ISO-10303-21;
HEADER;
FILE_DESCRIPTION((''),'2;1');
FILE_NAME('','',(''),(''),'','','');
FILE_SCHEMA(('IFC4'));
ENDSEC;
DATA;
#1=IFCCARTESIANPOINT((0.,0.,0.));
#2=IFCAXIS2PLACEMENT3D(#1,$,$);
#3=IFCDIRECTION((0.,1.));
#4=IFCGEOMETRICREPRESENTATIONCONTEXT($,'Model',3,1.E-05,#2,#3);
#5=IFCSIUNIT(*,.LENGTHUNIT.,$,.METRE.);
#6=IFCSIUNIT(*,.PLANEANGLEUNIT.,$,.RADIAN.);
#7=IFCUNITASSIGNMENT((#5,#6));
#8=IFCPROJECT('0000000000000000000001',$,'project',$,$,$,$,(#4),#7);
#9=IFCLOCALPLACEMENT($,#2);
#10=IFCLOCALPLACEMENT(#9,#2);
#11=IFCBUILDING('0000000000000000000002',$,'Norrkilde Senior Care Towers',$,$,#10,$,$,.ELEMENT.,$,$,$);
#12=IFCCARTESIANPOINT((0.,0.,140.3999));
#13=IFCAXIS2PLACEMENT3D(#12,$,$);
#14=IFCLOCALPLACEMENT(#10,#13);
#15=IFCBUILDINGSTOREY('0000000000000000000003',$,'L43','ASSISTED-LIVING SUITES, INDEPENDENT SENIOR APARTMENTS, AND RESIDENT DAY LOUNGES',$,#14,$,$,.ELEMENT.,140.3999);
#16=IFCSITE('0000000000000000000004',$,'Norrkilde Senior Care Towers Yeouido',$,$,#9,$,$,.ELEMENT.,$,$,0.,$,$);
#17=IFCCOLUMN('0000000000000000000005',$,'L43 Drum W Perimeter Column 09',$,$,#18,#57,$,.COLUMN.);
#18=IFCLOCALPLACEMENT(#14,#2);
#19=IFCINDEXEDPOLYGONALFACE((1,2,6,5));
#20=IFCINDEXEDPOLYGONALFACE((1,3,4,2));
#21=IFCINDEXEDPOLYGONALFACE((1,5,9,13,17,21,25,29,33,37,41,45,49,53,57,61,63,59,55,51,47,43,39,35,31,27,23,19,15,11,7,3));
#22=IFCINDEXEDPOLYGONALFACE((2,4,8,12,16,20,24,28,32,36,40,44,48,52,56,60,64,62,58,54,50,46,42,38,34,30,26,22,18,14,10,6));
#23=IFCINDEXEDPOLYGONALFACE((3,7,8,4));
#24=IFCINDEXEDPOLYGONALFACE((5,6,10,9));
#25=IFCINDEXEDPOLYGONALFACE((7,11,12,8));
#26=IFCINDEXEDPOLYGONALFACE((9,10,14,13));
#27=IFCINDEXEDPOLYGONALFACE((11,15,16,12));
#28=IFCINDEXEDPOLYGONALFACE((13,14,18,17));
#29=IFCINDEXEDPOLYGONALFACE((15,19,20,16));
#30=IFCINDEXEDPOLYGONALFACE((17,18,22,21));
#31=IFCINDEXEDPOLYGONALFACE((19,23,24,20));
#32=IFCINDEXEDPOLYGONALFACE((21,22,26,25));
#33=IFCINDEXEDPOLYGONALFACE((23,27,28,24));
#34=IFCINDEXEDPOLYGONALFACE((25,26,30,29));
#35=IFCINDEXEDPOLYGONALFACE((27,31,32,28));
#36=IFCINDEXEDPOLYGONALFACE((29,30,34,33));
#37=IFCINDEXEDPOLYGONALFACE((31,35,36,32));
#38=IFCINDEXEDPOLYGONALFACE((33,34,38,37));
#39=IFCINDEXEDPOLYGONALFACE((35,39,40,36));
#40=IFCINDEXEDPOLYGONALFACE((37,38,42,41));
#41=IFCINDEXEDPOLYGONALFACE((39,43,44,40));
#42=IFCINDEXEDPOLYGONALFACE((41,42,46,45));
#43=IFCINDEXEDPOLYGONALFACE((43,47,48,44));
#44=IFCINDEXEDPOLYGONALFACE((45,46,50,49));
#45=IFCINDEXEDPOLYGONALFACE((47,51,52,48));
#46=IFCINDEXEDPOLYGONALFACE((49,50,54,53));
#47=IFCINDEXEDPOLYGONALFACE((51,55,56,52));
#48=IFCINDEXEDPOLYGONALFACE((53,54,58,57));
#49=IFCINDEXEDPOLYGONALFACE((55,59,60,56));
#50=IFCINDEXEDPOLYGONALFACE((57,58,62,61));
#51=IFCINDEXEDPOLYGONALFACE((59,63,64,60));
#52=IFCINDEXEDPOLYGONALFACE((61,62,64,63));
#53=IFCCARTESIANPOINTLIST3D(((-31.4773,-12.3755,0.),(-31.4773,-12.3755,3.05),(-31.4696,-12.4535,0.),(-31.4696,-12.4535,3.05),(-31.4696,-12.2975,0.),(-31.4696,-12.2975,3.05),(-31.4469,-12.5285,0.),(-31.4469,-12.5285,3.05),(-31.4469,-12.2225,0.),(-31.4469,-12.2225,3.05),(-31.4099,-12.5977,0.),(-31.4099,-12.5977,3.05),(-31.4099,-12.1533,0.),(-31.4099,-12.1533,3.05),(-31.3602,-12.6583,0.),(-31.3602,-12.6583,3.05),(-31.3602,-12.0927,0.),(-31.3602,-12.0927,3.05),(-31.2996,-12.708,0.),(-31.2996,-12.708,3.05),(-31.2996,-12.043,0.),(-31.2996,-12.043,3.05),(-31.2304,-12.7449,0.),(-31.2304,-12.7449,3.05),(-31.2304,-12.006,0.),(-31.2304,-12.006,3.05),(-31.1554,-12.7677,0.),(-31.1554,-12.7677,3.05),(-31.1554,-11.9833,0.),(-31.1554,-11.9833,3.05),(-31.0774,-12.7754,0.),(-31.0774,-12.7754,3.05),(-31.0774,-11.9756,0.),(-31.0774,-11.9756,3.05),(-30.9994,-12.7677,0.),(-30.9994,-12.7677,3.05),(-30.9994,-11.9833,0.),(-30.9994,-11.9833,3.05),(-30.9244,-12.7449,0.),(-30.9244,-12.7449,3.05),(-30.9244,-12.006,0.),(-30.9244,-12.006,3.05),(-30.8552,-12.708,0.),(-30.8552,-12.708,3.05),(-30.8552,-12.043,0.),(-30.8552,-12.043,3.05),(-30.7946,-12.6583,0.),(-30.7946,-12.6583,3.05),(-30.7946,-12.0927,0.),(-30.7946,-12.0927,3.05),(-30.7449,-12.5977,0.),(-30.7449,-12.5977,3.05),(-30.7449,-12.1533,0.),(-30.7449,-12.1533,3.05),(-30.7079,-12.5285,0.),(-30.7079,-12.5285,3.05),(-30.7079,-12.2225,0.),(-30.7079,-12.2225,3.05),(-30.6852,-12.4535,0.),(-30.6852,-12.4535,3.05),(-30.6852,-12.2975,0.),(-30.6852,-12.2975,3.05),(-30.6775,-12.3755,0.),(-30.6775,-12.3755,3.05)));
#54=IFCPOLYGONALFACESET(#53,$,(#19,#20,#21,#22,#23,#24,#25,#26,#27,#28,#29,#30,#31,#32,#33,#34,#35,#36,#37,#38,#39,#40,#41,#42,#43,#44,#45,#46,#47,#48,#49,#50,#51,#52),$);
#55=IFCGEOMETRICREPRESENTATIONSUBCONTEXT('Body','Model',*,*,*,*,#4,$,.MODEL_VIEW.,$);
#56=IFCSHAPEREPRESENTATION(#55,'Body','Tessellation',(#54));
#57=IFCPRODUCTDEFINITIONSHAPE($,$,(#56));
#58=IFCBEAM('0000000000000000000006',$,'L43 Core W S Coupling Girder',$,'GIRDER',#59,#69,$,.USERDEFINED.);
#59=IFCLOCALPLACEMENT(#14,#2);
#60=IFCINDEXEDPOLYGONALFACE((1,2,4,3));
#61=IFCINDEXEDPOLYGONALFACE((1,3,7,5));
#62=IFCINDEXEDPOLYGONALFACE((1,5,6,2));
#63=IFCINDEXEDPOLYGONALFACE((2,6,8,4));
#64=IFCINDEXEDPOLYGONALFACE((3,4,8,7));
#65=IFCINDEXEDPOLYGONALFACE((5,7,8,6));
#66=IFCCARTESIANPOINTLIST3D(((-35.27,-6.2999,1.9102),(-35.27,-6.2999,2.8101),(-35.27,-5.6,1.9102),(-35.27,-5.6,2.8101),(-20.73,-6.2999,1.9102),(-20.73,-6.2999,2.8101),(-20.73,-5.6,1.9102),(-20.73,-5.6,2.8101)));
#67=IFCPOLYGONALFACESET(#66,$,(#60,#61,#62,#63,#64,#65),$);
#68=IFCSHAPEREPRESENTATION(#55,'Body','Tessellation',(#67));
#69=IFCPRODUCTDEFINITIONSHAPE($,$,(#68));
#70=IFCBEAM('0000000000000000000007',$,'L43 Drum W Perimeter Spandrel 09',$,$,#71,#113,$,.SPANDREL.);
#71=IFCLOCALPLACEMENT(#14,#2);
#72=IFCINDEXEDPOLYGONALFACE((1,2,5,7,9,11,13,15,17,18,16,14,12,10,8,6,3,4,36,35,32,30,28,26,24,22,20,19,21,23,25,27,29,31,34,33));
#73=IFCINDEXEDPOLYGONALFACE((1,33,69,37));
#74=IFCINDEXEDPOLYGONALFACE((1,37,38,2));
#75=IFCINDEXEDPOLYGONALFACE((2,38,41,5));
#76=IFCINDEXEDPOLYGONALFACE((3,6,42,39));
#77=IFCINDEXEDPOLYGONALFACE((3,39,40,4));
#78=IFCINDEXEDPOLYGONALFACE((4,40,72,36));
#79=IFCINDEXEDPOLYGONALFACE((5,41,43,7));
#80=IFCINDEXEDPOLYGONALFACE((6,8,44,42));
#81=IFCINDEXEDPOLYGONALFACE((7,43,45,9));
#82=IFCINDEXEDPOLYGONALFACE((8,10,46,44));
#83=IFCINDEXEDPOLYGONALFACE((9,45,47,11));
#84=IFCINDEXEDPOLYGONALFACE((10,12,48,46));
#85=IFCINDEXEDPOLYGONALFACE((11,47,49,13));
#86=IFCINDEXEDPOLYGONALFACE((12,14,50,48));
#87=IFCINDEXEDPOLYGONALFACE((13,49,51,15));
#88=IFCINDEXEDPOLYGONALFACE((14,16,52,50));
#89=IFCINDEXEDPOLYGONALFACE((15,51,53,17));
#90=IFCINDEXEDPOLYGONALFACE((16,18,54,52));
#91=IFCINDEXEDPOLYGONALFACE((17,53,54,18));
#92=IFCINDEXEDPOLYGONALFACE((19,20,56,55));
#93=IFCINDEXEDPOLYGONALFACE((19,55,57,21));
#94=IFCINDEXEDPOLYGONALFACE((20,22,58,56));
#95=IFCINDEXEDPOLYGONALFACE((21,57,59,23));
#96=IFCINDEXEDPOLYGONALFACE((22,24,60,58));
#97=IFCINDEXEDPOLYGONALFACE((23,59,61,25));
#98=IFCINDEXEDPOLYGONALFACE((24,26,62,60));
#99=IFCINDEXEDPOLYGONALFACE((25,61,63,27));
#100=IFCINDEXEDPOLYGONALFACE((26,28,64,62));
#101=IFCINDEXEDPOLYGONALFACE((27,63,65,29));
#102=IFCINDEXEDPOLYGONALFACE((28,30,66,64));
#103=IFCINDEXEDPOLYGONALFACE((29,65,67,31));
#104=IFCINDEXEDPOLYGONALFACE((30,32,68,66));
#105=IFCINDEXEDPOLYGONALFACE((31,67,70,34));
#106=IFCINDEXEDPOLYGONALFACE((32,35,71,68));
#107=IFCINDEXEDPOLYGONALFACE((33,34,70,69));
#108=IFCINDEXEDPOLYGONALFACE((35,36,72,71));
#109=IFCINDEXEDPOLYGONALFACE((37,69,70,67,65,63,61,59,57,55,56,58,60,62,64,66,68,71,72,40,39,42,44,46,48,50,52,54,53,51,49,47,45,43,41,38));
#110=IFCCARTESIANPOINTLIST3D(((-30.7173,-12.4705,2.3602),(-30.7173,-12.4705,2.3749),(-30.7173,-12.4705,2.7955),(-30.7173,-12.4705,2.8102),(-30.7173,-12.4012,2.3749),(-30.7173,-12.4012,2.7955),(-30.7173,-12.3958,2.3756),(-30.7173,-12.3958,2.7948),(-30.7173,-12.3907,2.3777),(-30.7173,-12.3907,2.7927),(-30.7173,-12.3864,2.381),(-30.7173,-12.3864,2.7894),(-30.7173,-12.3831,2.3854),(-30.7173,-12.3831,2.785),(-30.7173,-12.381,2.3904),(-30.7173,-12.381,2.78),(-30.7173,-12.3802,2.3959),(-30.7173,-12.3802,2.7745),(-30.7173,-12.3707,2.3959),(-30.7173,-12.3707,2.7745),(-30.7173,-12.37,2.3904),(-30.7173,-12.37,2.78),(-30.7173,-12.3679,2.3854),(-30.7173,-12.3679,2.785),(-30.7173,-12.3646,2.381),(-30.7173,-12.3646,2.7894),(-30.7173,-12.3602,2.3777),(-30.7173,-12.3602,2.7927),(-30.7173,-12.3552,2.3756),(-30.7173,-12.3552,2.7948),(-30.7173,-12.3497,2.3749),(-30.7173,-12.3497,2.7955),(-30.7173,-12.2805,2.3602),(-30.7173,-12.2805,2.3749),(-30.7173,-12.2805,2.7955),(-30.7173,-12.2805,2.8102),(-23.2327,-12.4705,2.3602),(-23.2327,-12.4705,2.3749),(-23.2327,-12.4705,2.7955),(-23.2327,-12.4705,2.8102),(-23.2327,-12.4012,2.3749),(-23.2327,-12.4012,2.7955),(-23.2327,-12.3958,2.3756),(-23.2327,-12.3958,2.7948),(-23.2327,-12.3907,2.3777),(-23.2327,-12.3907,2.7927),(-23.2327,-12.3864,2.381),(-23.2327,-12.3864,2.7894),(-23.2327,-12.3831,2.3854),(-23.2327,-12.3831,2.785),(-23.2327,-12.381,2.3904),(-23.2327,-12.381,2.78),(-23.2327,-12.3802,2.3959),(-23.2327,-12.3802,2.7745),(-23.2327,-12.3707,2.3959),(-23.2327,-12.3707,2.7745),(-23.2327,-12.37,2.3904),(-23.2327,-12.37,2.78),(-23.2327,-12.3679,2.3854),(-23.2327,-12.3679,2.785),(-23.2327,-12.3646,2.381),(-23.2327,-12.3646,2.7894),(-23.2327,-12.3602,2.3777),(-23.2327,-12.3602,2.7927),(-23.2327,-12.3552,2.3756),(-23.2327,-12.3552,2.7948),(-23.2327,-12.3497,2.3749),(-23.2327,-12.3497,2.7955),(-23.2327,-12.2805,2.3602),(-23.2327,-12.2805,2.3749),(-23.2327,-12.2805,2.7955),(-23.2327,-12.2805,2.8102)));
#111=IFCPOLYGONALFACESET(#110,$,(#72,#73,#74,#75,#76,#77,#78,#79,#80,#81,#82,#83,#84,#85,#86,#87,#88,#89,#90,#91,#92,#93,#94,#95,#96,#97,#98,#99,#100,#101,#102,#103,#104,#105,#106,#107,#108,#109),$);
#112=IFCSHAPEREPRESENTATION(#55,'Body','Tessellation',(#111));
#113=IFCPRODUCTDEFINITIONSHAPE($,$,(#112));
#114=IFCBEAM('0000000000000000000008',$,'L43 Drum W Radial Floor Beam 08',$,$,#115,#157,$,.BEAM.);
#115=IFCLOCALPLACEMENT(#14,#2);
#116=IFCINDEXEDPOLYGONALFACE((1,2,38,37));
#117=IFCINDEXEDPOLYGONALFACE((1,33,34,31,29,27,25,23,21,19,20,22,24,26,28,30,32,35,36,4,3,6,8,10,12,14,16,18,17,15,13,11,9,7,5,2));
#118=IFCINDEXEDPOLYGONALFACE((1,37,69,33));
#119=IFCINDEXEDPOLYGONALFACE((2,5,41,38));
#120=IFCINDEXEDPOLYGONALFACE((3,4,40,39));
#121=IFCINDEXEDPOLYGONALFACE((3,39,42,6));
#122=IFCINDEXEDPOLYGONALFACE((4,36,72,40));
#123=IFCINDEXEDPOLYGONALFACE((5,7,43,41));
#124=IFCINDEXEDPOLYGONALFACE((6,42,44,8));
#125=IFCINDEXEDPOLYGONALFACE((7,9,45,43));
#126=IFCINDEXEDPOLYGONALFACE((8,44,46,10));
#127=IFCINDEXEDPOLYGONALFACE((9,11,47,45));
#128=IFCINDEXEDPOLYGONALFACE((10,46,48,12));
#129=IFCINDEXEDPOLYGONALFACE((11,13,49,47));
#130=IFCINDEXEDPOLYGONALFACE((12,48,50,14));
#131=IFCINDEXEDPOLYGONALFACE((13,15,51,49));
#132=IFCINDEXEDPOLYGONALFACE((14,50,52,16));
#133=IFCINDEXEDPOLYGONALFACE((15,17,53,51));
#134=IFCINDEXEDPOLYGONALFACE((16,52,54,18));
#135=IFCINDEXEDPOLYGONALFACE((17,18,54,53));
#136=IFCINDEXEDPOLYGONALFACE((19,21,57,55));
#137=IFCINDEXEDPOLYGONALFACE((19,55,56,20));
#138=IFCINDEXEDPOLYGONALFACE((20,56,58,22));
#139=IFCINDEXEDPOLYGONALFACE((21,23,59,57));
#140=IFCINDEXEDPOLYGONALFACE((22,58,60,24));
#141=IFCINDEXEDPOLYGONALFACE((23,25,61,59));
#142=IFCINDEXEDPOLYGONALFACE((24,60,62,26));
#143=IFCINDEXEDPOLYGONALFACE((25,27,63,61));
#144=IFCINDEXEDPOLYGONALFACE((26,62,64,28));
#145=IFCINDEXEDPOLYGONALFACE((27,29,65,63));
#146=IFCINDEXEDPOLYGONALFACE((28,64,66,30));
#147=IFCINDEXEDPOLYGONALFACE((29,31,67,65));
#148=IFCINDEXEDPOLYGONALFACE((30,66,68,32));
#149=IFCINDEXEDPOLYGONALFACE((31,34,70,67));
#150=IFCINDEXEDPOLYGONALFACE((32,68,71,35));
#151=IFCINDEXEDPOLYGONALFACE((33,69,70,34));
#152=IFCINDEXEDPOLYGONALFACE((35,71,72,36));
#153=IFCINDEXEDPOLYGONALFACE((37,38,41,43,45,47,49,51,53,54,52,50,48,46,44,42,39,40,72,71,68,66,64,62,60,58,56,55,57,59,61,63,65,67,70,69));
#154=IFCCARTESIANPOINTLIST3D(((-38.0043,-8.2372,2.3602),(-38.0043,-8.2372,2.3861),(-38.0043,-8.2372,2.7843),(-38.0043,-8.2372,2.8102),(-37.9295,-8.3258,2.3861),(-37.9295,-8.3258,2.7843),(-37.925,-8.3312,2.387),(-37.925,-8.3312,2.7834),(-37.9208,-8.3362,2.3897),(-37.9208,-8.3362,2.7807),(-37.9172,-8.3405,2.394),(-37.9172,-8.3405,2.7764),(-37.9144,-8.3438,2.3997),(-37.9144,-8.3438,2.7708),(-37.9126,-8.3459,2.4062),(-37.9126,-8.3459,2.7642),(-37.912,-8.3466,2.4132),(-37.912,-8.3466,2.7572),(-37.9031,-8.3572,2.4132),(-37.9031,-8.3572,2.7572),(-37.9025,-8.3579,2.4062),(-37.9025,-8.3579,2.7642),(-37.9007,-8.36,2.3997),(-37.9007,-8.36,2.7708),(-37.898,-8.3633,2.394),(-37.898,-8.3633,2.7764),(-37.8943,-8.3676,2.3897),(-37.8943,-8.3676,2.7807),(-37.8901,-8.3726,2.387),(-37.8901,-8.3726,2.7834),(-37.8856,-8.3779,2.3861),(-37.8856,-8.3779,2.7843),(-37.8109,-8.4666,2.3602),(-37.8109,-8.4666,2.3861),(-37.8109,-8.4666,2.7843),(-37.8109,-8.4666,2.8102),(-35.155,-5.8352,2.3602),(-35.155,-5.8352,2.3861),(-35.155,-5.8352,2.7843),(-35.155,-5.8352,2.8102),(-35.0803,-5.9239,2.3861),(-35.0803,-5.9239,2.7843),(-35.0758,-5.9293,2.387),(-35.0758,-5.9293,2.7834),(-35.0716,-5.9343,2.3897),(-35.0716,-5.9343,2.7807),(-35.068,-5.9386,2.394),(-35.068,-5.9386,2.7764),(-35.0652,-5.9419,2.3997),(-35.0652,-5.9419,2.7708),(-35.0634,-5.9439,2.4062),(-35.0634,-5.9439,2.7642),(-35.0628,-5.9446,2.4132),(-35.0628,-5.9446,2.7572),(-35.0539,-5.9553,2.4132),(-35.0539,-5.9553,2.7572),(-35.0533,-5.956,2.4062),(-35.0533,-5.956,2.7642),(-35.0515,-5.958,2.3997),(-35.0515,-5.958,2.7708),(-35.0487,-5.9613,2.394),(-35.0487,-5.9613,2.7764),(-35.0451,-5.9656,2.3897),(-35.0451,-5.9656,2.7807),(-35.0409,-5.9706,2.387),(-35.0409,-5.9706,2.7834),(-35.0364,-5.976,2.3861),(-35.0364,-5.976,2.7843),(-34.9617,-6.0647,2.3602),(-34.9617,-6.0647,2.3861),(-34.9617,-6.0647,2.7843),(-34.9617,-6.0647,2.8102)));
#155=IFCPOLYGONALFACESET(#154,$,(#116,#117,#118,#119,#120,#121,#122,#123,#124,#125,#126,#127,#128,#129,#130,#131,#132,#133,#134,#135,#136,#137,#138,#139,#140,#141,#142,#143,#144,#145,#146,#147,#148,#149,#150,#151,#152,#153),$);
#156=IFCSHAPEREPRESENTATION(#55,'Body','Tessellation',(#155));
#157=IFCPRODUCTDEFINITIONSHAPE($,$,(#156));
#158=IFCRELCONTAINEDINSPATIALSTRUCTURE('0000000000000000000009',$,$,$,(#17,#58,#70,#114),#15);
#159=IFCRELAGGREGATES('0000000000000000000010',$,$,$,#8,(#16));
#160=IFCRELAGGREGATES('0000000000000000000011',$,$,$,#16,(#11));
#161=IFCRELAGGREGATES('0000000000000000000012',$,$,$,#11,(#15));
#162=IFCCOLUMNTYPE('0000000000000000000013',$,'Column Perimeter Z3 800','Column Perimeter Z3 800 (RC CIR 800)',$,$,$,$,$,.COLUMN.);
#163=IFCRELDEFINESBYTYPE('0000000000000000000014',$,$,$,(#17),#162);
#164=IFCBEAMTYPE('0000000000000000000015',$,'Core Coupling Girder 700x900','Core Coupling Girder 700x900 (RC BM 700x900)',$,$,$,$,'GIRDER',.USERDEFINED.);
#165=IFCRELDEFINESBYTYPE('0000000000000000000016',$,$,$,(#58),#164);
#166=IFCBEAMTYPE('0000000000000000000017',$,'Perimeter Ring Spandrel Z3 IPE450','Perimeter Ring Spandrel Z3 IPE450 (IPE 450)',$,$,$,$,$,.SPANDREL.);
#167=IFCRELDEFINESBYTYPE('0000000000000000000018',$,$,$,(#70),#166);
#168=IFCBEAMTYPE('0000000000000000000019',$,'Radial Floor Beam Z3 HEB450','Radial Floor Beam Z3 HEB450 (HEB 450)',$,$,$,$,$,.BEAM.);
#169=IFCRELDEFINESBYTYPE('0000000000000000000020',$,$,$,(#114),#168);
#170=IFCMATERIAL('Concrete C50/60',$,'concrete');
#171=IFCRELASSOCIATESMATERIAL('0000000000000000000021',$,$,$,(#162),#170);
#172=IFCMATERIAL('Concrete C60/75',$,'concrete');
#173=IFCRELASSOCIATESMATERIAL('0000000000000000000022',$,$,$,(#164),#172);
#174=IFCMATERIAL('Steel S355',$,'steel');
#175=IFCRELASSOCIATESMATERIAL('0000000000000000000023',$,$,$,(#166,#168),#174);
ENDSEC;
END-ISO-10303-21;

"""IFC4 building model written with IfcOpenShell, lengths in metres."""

from ifc_helpers import new_model, si_unit, direction, frame, origin, origin_2d, place, context, subcontext, project, spatial, rectangle, circle, i_section, extrude, source, transform, mapped, material, material_profile, profile_set, type_object, type_shapes, element, save


model = new_model("IFC4")

# Units and contexts
model_context = context("Model", 3, precision=1e-05, world=origin(), true_north=direction((0.0, 1.0)))
body_context = subcontext(model_context, "Body", "Model", "MODEL_VIEW")
ifc_project = project(units=[si_unit("LENGTHUNIT", "METRE"), si_unit("PLANEANGLEUNIT", "RADIAN")], contexts=[model_context])

# Site, building, storey
site_placement = place(None, origin())
site = spatial("IfcSite", under=ifc_project, at=site_placement, Name="Norrkilde Senior Care Towers Yeouido", CompositionType="ELEMENT", RefElevation=0.0)
building_placement = place(site_placement, origin())
building = spatial("IfcBuilding", under=site, at=building_placement, Name="Norrkilde Senior Care Towers", CompositionType="ELEMENT")
storey_placement = place(building_placement, frame((0.0, 0.0, 140.3999)))
storey = spatial("IfcBuildingStorey", under=building, at=storey_placement, Name="L43", Description="ASSISTED-LIVING SUITES, INDEPENDENT SENIOR APARTMENTS, AND RESIDENT DAY LOUNGES", CompositionType="ELEMENT", Elevation=140.3999)

# Column
ifc_material_1 = material(Name="Concrete C50/60", Category="concrete")
ifc_material_profile_1 = material_profile(ifc_material_1, circle(Radius=0.3999, at=origin_2d()), Name="RC CIR 800")
ifc_profile_set_1 = profile_set([ifc_material_profile_1], Name="Concrete C50/60")
column_type = type_object("IfcColumnType", Name="Column Perimeter Z3 800", Description="Column Perimeter Z3 800 (RC CIR 800)", PredefinedType="COLUMN", material=ifc_profile_set_1)
shared_shape_1 = source(origin(), body_context, "Body", "SweptSolid", [
    extrude(circle(Radius=0.3999, at=origin_2d()), origin(), (0.0, 0.0, 1.0), 3.05),
])
type_shapes(column_type, [shared_shape_1])
column_placement = place(storey_placement, frame((-31.0774, -12.3755, 0.0), z_axis=(0.0, 0.0, 1.0), x_axis=(1.0, 0.0, 0.0)))
element("IfcColumn", 1, at=column_placement, inside=storey, type_object=column_type, Name="L43 Drum W Perimeter Column 09", PredefinedType="COLUMN", context=body_context, shape_type="MappedRepresentation", body=[
    mapped(shared_shape_1, transform((0.0, 0.0, 0.0), x_axis=(1.0, 0.0, 0.0), y_axis=(0.0, 1.0, 0.0), z_axis=(0.0, 0.0, 1.0), scale=1.0)),
])

# Beams
ifc_material_2 = material(Name="Concrete C60/75", Category="concrete")
ifc_material_profile_2 = material_profile(ifc_material_2, rectangle(XDim=0.7, YDim=0.8999, at=origin_2d()), Name="RC BM 700x900")
ifc_profile_set_2 = profile_set([ifc_material_profile_2], Name="Concrete C60/75")
beam_type_1 = type_object("IfcBeamType", Name="Core Coupling Girder 700x900", Description="Core Coupling Girder 700x900 (RC BM 700x900)", ElementType="GIRDER", PredefinedType="USERDEFINED", material=ifc_profile_set_2)
shared_shape_2 = source(origin(), body_context, "Body", "SweptSolid", [
    extrude(rectangle(XDim=0.7, YDim=0.8999, at=origin_2d()), origin(), (0.0, 0.0, 1.0), 14.54),
])
type_shapes(beam_type_1, [shared_shape_2])
beam_1_placement = place(storey_placement, frame((-35.27, -5.95, 2.3601), z_axis=(1.0, 0.0, 0.0), x_axis=(0.0, 1.0, 0.0)))
element("IfcBeam", 2, at=beam_1_placement, inside=storey, type_object=beam_type_1, Name="L43 Core W S Coupling Girder", ObjectType="GIRDER", PredefinedType="USERDEFINED", context=body_context, shape_type="MappedRepresentation", body=[
    mapped(shared_shape_2, transform((0.0, 0.0, 0.0), x_axis=(1.0, 0.0, 0.0), y_axis=(0.0, 1.0, 0.0), z_axis=(0.0, 0.0, 1.0), scale=1.0)),
])
ifc_material_3 = material(Name="Steel S355", Category="steel")
ifc_material_profile_3 = material_profile(ifc_material_3, i_section(OverallWidth=0.1899, OverallDepth=0.45, WebThickness=0.0095, FlangeThickness=0.0146, FilletRadius=0.021, at=origin_2d()), Name="IPE 450")
ifc_profile_set_3 = profile_set([ifc_material_profile_3], Name="Steel S355")
beam_type_2 = type_object("IfcBeamType", Name="Perimeter Ring Spandrel Z3 IPE450", Description="Perimeter Ring Spandrel Z3 IPE450 (IPE 450)", PredefinedType="SPANDREL", material=ifc_profile_set_3)
shared_shape_3 = source(origin(), body_context, "Body", "SweptSolid", [
    extrude(i_section(OverallWidth=0.1899, OverallDepth=0.45, WebThickness=0.0095, FlangeThickness=0.0146, FilletRadius=0.021, at=origin_2d()), origin(), (0.0, 0.0, 1.0), 7.4846),
])
type_shapes(beam_type_2, [shared_shape_3])
beam_2_placement = place(storey_placement, frame((-30.7173, -12.3755, 2.5852), z_axis=(1.0, 0.0, 0.0), x_axis=(0.0, 1.0, 0.0)))
element("IfcBeam", 3, at=beam_2_placement, inside=storey, type_object=beam_type_2, Name="L43 Drum W Perimeter Spandrel 09", PredefinedType="SPANDREL", context=body_context, shape_type="MappedRepresentation", body=[
    mapped(shared_shape_3, transform((0.0, 0.0, 0.0), x_axis=(1.0, 0.0, 0.0), y_axis=(0.0, 1.0, 0.0), z_axis=(0.0, 0.0, 1.0), scale=1.0)),
])
ifc_material_profile_4 = material_profile(ifc_material_3, i_section(OverallWidth=0.3, OverallDepth=0.45, WebThickness=0.0139, FlangeThickness=0.0259, FilletRadius=0.0271, at=origin_2d()), Name="HEB 450")
ifc_profile_set_4 = profile_set([ifc_material_profile_4], Name="Steel S355")
beam_type_3 = type_object("IfcBeamType", Name="Radial Floor Beam Z3 HEB450", Description="Radial Floor Beam Z3 HEB450 (HEB 450)", PredefinedType="BEAM", material=ifc_profile_set_4)
shared_shape_4 = source(origin(), body_context, "Body", "SweptSolid", [
    extrude(i_section(OverallWidth=0.3, OverallDepth=0.45, WebThickness=0.0139, FlangeThickness=0.0259, FilletRadius=0.0271, at=origin_2d()), origin(), (0.0, 0.0, 1.0), 3.7266),
])
beam_3_placement = place(storey_placement, frame((-35.0583, -5.95, 2.5852), z_axis=(-0.764568, -0.644543, 0.0), x_axis=(0.644543, -0.764568, 0.0)))
element("IfcBeam", 4, at=beam_3_placement, inside=storey, type_object=beam_type_3, Name="L43 Drum W Radial Floor Beam 08", PredefinedType="BEAM", context=body_context, shape_type="MappedRepresentation", body=[
    mapped(shared_shape_4, transform((0.0, 0.0, 0.0), x_axis=(1.0, 0.0, 0.0), y_axis=(0.0, 1.0, 0.0), z_axis=(0.0, 0.0, 1.0), scale=1.0)),
])

save(model, "model.ifc")
